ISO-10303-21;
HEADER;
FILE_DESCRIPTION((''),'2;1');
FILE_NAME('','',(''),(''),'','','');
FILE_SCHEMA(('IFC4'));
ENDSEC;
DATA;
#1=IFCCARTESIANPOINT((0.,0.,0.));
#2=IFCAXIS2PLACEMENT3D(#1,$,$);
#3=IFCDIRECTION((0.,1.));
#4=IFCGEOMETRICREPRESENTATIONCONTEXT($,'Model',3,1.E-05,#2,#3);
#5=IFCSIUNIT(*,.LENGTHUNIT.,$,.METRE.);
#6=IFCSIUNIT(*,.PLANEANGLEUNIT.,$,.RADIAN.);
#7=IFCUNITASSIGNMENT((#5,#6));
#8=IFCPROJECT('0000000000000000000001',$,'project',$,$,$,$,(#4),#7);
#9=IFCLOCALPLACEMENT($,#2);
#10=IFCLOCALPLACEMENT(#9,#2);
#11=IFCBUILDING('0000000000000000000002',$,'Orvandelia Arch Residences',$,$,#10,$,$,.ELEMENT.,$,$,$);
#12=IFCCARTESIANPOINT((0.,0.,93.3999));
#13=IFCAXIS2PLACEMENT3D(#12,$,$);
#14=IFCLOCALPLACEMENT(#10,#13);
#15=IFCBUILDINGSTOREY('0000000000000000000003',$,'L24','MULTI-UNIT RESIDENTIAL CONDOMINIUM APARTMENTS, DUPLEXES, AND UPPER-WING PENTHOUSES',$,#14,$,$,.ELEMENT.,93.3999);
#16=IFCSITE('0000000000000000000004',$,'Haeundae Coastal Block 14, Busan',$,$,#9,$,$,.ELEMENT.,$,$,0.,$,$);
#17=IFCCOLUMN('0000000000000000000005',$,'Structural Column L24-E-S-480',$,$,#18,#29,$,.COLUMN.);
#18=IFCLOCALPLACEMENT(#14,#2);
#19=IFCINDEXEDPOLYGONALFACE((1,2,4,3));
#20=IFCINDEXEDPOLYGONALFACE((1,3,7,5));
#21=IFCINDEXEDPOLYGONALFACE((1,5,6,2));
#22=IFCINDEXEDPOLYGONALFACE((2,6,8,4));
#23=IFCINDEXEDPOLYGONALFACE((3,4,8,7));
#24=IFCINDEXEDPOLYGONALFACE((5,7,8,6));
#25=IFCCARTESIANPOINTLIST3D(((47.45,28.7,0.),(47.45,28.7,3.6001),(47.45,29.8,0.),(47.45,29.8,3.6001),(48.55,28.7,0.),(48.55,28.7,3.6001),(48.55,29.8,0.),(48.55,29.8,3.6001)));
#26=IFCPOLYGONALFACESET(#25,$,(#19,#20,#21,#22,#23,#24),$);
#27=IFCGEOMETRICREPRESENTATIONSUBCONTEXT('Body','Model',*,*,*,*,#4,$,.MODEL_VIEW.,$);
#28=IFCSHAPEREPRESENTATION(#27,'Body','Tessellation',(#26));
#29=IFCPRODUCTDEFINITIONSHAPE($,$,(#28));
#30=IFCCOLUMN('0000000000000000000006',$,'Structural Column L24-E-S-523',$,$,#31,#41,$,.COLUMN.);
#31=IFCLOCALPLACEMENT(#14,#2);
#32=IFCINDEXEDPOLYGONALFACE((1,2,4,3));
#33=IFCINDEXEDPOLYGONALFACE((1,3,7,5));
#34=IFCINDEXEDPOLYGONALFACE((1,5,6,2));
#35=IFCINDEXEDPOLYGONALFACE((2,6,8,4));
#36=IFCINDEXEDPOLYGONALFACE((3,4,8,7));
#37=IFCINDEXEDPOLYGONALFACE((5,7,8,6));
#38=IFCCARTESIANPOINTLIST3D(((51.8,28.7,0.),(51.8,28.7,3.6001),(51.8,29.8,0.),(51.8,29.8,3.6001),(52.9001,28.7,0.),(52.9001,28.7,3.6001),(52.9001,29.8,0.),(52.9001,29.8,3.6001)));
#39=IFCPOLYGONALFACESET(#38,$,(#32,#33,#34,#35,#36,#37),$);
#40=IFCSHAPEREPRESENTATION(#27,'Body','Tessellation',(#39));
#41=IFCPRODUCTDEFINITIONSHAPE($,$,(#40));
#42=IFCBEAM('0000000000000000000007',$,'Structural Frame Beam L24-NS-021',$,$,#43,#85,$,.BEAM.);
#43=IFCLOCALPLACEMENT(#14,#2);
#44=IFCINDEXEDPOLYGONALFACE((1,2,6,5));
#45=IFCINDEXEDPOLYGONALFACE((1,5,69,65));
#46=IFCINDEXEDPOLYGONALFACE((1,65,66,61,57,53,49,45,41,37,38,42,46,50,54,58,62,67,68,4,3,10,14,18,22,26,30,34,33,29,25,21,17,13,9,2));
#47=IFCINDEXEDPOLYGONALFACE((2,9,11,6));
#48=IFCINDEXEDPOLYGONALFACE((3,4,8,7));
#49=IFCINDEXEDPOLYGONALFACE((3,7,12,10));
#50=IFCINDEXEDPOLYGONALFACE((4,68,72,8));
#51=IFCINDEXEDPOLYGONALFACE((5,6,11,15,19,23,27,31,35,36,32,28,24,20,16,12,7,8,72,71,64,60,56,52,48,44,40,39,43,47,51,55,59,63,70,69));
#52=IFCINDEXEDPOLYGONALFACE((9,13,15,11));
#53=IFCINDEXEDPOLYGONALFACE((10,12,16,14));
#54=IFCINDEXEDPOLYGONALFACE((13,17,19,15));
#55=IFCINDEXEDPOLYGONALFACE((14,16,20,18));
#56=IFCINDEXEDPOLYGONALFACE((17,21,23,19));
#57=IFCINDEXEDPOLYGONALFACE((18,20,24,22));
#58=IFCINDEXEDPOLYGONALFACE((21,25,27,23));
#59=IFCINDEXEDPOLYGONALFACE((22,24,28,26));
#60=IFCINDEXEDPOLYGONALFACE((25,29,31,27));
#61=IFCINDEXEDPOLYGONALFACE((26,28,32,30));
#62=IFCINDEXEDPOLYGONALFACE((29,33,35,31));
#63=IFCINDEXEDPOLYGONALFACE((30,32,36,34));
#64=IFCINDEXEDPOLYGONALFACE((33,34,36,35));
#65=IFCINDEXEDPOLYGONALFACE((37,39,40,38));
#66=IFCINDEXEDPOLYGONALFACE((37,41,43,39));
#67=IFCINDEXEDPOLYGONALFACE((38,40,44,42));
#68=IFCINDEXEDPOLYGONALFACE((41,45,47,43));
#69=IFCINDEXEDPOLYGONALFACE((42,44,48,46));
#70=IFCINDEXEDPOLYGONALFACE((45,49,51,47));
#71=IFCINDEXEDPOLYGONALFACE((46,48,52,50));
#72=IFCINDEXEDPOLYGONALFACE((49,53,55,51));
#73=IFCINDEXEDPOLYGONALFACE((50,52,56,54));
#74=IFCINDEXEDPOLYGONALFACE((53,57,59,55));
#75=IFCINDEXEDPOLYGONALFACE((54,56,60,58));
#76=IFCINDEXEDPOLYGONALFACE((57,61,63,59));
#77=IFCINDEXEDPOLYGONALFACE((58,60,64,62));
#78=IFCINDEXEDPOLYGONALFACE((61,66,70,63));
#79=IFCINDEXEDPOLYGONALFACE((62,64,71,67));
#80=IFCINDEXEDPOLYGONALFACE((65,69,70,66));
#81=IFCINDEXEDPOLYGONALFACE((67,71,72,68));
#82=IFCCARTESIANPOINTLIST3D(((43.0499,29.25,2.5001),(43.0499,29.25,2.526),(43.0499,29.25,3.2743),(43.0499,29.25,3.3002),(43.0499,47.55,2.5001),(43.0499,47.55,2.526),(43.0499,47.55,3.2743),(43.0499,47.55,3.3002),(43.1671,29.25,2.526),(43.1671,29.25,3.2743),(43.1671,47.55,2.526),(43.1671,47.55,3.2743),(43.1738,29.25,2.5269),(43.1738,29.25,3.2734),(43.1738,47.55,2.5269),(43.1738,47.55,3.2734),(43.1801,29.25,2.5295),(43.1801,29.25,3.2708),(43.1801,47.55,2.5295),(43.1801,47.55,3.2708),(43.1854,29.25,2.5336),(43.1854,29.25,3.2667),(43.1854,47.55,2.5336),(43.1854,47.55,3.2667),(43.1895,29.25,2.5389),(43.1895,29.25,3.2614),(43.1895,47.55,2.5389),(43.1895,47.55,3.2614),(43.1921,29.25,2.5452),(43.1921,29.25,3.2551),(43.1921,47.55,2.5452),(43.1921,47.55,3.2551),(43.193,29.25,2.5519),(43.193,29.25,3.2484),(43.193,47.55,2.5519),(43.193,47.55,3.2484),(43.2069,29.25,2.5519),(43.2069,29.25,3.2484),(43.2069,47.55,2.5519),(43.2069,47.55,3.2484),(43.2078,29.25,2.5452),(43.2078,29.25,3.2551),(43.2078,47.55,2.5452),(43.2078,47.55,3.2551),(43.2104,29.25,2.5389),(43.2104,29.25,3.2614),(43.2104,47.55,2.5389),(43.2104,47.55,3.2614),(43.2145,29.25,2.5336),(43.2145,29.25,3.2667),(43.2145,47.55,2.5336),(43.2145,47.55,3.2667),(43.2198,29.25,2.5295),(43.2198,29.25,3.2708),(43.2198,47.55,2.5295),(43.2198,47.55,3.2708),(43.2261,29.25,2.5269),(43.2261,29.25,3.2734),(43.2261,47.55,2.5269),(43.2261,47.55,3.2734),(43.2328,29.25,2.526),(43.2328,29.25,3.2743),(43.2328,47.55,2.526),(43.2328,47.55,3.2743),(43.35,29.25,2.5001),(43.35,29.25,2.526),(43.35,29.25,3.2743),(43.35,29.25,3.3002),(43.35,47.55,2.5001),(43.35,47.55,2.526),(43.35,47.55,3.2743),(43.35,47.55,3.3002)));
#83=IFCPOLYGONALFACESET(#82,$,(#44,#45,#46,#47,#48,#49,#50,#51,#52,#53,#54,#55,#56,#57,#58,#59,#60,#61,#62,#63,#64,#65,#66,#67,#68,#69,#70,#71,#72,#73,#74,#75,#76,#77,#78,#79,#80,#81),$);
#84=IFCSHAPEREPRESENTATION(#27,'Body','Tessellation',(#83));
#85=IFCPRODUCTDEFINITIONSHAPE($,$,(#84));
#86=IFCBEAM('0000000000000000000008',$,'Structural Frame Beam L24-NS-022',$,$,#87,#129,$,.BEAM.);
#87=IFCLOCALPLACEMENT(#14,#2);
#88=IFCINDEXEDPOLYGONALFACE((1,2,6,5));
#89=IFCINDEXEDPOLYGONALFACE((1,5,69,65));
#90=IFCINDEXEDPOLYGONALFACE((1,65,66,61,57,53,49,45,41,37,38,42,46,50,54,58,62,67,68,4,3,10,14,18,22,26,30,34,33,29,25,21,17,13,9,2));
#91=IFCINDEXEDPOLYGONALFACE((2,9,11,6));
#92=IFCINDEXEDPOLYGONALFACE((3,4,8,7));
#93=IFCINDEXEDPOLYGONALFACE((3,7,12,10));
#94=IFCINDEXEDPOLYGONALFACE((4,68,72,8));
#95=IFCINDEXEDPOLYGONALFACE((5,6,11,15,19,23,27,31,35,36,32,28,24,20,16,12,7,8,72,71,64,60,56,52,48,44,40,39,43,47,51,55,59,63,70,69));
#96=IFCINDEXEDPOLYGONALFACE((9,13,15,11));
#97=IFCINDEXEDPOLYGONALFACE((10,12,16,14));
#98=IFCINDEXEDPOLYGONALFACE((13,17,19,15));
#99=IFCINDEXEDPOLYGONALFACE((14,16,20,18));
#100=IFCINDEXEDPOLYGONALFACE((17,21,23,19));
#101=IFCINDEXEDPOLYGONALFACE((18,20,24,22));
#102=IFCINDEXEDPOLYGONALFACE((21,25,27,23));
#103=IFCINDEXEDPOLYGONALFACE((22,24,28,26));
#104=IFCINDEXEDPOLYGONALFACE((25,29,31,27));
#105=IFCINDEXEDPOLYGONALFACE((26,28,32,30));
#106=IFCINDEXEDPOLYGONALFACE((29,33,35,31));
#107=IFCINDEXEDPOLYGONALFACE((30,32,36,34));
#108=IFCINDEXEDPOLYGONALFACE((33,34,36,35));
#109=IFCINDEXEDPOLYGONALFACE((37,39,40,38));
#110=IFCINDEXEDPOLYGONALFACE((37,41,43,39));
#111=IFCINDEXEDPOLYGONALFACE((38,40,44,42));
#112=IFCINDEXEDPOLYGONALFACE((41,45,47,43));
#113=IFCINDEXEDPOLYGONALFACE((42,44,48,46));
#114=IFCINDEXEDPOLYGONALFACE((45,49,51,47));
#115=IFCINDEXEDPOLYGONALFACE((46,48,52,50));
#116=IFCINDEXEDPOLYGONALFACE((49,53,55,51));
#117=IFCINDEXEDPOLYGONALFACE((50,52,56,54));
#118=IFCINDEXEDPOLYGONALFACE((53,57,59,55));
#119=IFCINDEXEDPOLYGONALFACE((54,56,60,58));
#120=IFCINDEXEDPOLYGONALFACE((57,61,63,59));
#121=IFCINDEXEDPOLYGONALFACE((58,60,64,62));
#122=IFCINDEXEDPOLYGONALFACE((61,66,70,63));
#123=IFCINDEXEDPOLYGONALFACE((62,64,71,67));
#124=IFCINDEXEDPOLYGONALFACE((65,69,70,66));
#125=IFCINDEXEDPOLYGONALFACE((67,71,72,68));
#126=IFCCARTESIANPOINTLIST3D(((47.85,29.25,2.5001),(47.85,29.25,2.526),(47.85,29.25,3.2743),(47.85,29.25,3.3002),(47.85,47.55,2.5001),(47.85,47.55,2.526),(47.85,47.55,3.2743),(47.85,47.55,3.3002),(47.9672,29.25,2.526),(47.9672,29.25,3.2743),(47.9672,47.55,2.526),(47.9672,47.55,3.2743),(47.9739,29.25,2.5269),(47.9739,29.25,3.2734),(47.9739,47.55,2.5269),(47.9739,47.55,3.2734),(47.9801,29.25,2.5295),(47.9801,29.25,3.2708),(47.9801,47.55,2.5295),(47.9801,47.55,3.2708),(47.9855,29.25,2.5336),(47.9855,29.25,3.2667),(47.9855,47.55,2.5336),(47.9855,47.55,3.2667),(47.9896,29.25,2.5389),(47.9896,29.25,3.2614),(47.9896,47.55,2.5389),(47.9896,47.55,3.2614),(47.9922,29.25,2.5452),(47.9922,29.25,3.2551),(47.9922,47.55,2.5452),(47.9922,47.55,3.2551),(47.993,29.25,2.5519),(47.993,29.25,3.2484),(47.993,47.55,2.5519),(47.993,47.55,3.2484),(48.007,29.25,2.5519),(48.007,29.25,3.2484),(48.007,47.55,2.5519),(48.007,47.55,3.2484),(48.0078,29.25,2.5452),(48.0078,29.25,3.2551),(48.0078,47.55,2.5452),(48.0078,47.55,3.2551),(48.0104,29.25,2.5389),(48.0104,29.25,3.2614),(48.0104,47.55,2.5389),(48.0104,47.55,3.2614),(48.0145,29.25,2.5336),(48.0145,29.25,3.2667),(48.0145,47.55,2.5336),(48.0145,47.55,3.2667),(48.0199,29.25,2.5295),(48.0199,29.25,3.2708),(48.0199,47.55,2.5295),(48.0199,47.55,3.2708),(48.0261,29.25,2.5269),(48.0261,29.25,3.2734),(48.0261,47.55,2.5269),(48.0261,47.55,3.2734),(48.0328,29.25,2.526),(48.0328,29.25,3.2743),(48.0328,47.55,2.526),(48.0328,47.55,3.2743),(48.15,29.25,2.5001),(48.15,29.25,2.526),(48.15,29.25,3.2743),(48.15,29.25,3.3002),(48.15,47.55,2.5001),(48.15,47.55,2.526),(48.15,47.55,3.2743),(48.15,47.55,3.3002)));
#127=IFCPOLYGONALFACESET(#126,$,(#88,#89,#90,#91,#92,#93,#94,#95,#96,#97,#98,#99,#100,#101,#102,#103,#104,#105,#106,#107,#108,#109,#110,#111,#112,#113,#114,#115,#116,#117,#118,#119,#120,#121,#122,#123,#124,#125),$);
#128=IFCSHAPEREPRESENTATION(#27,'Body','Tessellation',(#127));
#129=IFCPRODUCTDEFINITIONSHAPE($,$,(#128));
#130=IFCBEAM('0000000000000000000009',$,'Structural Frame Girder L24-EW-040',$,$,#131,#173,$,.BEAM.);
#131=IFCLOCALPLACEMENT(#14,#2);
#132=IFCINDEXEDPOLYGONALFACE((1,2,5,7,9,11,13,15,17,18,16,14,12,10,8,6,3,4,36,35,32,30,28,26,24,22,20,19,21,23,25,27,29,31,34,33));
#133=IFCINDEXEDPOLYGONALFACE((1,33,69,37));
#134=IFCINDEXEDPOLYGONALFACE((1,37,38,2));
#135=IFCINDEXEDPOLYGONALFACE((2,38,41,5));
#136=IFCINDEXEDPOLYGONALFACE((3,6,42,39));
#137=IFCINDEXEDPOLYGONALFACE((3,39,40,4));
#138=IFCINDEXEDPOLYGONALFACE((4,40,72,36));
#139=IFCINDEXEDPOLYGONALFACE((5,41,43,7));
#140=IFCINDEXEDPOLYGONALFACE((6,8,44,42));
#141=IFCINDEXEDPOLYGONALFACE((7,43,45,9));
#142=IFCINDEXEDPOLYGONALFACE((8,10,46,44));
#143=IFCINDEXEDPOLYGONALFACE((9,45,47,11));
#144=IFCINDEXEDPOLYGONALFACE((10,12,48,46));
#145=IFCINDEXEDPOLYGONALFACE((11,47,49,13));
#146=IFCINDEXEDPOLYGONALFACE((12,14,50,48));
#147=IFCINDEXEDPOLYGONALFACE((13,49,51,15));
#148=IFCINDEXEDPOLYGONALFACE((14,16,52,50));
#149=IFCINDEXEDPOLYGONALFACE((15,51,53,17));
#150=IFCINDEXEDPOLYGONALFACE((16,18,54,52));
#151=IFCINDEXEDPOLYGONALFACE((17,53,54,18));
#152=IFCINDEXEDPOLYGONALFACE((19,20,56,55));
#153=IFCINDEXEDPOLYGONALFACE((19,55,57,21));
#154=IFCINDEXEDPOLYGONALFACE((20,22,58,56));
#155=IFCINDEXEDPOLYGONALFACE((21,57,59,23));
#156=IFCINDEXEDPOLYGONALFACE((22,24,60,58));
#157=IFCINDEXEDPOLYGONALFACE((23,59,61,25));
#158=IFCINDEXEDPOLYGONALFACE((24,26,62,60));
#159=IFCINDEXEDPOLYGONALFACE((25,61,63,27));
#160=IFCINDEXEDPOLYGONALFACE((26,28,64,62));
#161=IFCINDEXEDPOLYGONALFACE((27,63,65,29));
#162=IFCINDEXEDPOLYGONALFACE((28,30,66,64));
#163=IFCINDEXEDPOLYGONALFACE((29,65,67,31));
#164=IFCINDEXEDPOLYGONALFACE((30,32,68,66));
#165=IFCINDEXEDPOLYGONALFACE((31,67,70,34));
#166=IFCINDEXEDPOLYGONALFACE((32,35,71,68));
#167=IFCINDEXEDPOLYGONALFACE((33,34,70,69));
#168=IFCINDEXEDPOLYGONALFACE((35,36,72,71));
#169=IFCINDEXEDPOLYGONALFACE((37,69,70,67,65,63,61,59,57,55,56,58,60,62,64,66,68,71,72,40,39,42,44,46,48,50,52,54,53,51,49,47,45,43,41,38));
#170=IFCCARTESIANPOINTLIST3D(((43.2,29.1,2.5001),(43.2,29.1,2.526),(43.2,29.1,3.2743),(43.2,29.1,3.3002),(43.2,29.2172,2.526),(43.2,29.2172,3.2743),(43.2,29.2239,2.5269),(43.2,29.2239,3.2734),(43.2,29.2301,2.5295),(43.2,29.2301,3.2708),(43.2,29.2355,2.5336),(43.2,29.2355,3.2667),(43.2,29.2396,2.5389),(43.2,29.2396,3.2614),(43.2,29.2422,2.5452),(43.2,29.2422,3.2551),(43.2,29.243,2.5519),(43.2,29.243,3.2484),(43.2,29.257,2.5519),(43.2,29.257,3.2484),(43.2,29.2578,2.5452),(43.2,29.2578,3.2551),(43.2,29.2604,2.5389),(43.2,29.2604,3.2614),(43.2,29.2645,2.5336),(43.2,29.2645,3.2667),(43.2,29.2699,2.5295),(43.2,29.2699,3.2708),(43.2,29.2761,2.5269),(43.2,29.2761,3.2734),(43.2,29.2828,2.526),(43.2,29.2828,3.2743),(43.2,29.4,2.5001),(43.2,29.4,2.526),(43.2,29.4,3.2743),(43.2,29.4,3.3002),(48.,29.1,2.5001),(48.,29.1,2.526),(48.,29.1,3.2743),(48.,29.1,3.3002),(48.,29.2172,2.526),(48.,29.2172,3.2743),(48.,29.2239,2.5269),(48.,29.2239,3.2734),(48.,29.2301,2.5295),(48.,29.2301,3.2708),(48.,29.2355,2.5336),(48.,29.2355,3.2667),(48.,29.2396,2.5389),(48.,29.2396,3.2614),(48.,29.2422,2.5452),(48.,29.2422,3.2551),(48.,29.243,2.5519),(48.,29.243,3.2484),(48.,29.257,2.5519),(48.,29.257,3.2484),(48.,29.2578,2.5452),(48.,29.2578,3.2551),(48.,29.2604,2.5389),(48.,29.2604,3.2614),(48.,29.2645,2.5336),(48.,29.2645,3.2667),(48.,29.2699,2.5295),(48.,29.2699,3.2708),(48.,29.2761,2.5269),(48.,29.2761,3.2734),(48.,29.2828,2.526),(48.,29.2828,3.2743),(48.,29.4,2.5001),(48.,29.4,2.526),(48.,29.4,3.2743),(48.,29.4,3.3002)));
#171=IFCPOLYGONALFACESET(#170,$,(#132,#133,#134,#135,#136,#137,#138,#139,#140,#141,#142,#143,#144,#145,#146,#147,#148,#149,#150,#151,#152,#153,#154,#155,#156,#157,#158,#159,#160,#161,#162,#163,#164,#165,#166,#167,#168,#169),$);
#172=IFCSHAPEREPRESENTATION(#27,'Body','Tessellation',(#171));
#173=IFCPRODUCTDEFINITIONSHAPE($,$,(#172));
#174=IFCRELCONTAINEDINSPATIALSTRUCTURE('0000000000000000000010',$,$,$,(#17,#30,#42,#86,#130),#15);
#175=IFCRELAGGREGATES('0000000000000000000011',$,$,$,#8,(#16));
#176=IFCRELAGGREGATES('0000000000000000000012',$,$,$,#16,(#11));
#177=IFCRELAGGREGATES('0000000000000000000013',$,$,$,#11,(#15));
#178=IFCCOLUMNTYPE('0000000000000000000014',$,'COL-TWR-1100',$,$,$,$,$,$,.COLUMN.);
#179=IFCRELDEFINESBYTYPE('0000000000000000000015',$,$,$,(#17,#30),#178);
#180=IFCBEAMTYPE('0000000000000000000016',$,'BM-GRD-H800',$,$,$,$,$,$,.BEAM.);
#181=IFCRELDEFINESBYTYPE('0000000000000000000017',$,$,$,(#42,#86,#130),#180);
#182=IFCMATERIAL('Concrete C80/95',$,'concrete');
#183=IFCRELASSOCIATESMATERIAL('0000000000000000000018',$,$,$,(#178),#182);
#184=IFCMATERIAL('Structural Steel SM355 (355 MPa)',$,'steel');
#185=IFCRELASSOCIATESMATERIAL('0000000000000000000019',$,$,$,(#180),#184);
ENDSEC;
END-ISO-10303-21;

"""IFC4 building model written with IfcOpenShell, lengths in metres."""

from ifc_helpers import new_model, si_unit, direction, frame, origin, origin_2d, place, context, subcontext, project, spatial, rectangle, i_section, extrude, material, material_profile, profile_set, type_object, element, save


model = new_model("IFC4")

# Units and contexts
model_context = context("Model", 3, precision=1e-05, world=origin(), true_north=direction((0.0, 1.0)))
body_context = subcontext(model_context, "Body", "Model", "MODEL_VIEW")
ifc_project = project(units=[si_unit("LENGTHUNIT", "METRE"), si_unit("PLANEANGLEUNIT", "RADIAN")], contexts=[model_context])

# Site, building, storey
site_placement = place(None, origin())
site = spatial("IfcSite", under=ifc_project, at=site_placement, Name="Haeundae Coastal Block 14, Busan", CompositionType="ELEMENT", RefElevation=0.0)
building_placement = place(site_placement, origin())
building = spatial("IfcBuilding", under=site, at=building_placement, Name="Orvandelia Arch Residences", CompositionType="ELEMENT")
storey_placement = place(building_placement, frame((0.0, 0.0, 93.3999)))
storey = spatial("IfcBuildingStorey", under=building, at=storey_placement, Name="L24", Description="MULTI-UNIT RESIDENTIAL CONDOMINIUM APARTMENTS, DUPLEXES, AND UPPER-WING PENTHOUSES", CompositionType="ELEMENT", Elevation=93.3999)

# Columns
ifc_material_1 = material(Name="Concrete C80/95", Category="concrete")
ifc_material_profile_1 = material_profile(ifc_material_1, rectangle(XDim=1.1001, YDim=1.1001, at=origin_2d()), Name="Concrete C80/95", Category="concrete")
ifc_profile_set_1 = profile_set([ifc_material_profile_1], Name="Concrete C80/95")
column_type = type_object("IfcColumnType", Name="COL-TWR-1100", PredefinedType="COLUMN", material=ifc_profile_set_1)
for number, where, z_axis, x_axis, name in (
    (1, (48.0, 29.25, 0.0), (0.0, 0.0, 1.0), (1.0, 0.0, 0.0), "Structural Column L24-E-S-480"),
    (2, (52.3501, 29.25, 0.0), (0.0, 0.0, 1.0), (1.0, 0.0, 0.0), "Structural Column L24-E-S-523"),
):
    element("IfcColumn", number, at=place(storey_placement, frame(where, z_axis=z_axis, x_axis=x_axis)), inside=storey, type_object=column_type, Name=name, PredefinedType="COLUMN", context=body_context, shape_type="SweptSolid", body=[
        extrude(rectangle(XDim=1.1001, YDim=1.1001, at=origin_2d()), origin(), (0.0, 0.0, 1.0), 3.6001),
    ])

# Beams
ifc_material_2 = material(Name="Structural Steel SM355 (355 MPa)", Category="steel")
ifc_material_profile_2 = material_profile(ifc_material_2, i_section(OverallWidth=0.3, OverallDepth=0.8, WebThickness=0.0139, FlangeThickness=0.0259, FilletRadius=0.0259, at=origin_2d()), Name="Structural Steel SM355 (355 MPa)", Category="steel")
ifc_profile_set_2 = profile_set([ifc_material_profile_2], Name="Structural Steel SM355 (355 MPa)")
beam_type = type_object("IfcBeamType", Name="BM-GRD-H800", PredefinedType="BEAM", material=ifc_profile_set_2)
for number, where, z_axis, x_axis, name in (
    (3, (43.2, 29.25, 2.9001), (0.0, 1.0, 0.0), (-1.0, 0.0, 0.0), "Structural Frame Beam L24-NS-021"),
    (4, (48.0, 29.25, 2.9001), (0.0, 1.0, 0.0), (-1.0, 0.0, 0.0), "Structural Frame Beam L24-NS-022"),
):
    element("IfcBeam", number, at=place(storey_placement, frame(where, z_axis=z_axis, x_axis=x_axis)), inside=storey, type_object=beam_type, Name=name, PredefinedType="BEAM", context=body_context, shape_type="SweptSolid", body=[
        extrude(i_section(OverallWidth=0.3, OverallDepth=0.8, WebThickness=0.0139, FlangeThickness=0.0259, FilletRadius=0.0259, at=origin_2d()), origin(), (0.0, 0.0, 1.0), 18.3),
    ])
beam_1_placement = place(storey_placement, frame((43.2, 29.25, 2.9001), z_axis=(1.0, 0.0, 0.0), x_axis=(0.0, 1.0, 0.0)))
element("IfcBeam", 5, at=beam_1_placement, inside=storey, type_object=beam_type, Name="Structural Frame Girder L24-EW-040", PredefinedType="BEAM", context=body_context, shape_type="SweptSolid", body=[
    extrude(i_section(OverallWidth=0.3, OverallDepth=0.8, WebThickness=0.0139, FlangeThickness=0.0259, FilletRadius=0.0259, at=origin_2d()), origin(), (0.0, 0.0, 1.0), 4.8),
])

save(model, "model.ifc")
